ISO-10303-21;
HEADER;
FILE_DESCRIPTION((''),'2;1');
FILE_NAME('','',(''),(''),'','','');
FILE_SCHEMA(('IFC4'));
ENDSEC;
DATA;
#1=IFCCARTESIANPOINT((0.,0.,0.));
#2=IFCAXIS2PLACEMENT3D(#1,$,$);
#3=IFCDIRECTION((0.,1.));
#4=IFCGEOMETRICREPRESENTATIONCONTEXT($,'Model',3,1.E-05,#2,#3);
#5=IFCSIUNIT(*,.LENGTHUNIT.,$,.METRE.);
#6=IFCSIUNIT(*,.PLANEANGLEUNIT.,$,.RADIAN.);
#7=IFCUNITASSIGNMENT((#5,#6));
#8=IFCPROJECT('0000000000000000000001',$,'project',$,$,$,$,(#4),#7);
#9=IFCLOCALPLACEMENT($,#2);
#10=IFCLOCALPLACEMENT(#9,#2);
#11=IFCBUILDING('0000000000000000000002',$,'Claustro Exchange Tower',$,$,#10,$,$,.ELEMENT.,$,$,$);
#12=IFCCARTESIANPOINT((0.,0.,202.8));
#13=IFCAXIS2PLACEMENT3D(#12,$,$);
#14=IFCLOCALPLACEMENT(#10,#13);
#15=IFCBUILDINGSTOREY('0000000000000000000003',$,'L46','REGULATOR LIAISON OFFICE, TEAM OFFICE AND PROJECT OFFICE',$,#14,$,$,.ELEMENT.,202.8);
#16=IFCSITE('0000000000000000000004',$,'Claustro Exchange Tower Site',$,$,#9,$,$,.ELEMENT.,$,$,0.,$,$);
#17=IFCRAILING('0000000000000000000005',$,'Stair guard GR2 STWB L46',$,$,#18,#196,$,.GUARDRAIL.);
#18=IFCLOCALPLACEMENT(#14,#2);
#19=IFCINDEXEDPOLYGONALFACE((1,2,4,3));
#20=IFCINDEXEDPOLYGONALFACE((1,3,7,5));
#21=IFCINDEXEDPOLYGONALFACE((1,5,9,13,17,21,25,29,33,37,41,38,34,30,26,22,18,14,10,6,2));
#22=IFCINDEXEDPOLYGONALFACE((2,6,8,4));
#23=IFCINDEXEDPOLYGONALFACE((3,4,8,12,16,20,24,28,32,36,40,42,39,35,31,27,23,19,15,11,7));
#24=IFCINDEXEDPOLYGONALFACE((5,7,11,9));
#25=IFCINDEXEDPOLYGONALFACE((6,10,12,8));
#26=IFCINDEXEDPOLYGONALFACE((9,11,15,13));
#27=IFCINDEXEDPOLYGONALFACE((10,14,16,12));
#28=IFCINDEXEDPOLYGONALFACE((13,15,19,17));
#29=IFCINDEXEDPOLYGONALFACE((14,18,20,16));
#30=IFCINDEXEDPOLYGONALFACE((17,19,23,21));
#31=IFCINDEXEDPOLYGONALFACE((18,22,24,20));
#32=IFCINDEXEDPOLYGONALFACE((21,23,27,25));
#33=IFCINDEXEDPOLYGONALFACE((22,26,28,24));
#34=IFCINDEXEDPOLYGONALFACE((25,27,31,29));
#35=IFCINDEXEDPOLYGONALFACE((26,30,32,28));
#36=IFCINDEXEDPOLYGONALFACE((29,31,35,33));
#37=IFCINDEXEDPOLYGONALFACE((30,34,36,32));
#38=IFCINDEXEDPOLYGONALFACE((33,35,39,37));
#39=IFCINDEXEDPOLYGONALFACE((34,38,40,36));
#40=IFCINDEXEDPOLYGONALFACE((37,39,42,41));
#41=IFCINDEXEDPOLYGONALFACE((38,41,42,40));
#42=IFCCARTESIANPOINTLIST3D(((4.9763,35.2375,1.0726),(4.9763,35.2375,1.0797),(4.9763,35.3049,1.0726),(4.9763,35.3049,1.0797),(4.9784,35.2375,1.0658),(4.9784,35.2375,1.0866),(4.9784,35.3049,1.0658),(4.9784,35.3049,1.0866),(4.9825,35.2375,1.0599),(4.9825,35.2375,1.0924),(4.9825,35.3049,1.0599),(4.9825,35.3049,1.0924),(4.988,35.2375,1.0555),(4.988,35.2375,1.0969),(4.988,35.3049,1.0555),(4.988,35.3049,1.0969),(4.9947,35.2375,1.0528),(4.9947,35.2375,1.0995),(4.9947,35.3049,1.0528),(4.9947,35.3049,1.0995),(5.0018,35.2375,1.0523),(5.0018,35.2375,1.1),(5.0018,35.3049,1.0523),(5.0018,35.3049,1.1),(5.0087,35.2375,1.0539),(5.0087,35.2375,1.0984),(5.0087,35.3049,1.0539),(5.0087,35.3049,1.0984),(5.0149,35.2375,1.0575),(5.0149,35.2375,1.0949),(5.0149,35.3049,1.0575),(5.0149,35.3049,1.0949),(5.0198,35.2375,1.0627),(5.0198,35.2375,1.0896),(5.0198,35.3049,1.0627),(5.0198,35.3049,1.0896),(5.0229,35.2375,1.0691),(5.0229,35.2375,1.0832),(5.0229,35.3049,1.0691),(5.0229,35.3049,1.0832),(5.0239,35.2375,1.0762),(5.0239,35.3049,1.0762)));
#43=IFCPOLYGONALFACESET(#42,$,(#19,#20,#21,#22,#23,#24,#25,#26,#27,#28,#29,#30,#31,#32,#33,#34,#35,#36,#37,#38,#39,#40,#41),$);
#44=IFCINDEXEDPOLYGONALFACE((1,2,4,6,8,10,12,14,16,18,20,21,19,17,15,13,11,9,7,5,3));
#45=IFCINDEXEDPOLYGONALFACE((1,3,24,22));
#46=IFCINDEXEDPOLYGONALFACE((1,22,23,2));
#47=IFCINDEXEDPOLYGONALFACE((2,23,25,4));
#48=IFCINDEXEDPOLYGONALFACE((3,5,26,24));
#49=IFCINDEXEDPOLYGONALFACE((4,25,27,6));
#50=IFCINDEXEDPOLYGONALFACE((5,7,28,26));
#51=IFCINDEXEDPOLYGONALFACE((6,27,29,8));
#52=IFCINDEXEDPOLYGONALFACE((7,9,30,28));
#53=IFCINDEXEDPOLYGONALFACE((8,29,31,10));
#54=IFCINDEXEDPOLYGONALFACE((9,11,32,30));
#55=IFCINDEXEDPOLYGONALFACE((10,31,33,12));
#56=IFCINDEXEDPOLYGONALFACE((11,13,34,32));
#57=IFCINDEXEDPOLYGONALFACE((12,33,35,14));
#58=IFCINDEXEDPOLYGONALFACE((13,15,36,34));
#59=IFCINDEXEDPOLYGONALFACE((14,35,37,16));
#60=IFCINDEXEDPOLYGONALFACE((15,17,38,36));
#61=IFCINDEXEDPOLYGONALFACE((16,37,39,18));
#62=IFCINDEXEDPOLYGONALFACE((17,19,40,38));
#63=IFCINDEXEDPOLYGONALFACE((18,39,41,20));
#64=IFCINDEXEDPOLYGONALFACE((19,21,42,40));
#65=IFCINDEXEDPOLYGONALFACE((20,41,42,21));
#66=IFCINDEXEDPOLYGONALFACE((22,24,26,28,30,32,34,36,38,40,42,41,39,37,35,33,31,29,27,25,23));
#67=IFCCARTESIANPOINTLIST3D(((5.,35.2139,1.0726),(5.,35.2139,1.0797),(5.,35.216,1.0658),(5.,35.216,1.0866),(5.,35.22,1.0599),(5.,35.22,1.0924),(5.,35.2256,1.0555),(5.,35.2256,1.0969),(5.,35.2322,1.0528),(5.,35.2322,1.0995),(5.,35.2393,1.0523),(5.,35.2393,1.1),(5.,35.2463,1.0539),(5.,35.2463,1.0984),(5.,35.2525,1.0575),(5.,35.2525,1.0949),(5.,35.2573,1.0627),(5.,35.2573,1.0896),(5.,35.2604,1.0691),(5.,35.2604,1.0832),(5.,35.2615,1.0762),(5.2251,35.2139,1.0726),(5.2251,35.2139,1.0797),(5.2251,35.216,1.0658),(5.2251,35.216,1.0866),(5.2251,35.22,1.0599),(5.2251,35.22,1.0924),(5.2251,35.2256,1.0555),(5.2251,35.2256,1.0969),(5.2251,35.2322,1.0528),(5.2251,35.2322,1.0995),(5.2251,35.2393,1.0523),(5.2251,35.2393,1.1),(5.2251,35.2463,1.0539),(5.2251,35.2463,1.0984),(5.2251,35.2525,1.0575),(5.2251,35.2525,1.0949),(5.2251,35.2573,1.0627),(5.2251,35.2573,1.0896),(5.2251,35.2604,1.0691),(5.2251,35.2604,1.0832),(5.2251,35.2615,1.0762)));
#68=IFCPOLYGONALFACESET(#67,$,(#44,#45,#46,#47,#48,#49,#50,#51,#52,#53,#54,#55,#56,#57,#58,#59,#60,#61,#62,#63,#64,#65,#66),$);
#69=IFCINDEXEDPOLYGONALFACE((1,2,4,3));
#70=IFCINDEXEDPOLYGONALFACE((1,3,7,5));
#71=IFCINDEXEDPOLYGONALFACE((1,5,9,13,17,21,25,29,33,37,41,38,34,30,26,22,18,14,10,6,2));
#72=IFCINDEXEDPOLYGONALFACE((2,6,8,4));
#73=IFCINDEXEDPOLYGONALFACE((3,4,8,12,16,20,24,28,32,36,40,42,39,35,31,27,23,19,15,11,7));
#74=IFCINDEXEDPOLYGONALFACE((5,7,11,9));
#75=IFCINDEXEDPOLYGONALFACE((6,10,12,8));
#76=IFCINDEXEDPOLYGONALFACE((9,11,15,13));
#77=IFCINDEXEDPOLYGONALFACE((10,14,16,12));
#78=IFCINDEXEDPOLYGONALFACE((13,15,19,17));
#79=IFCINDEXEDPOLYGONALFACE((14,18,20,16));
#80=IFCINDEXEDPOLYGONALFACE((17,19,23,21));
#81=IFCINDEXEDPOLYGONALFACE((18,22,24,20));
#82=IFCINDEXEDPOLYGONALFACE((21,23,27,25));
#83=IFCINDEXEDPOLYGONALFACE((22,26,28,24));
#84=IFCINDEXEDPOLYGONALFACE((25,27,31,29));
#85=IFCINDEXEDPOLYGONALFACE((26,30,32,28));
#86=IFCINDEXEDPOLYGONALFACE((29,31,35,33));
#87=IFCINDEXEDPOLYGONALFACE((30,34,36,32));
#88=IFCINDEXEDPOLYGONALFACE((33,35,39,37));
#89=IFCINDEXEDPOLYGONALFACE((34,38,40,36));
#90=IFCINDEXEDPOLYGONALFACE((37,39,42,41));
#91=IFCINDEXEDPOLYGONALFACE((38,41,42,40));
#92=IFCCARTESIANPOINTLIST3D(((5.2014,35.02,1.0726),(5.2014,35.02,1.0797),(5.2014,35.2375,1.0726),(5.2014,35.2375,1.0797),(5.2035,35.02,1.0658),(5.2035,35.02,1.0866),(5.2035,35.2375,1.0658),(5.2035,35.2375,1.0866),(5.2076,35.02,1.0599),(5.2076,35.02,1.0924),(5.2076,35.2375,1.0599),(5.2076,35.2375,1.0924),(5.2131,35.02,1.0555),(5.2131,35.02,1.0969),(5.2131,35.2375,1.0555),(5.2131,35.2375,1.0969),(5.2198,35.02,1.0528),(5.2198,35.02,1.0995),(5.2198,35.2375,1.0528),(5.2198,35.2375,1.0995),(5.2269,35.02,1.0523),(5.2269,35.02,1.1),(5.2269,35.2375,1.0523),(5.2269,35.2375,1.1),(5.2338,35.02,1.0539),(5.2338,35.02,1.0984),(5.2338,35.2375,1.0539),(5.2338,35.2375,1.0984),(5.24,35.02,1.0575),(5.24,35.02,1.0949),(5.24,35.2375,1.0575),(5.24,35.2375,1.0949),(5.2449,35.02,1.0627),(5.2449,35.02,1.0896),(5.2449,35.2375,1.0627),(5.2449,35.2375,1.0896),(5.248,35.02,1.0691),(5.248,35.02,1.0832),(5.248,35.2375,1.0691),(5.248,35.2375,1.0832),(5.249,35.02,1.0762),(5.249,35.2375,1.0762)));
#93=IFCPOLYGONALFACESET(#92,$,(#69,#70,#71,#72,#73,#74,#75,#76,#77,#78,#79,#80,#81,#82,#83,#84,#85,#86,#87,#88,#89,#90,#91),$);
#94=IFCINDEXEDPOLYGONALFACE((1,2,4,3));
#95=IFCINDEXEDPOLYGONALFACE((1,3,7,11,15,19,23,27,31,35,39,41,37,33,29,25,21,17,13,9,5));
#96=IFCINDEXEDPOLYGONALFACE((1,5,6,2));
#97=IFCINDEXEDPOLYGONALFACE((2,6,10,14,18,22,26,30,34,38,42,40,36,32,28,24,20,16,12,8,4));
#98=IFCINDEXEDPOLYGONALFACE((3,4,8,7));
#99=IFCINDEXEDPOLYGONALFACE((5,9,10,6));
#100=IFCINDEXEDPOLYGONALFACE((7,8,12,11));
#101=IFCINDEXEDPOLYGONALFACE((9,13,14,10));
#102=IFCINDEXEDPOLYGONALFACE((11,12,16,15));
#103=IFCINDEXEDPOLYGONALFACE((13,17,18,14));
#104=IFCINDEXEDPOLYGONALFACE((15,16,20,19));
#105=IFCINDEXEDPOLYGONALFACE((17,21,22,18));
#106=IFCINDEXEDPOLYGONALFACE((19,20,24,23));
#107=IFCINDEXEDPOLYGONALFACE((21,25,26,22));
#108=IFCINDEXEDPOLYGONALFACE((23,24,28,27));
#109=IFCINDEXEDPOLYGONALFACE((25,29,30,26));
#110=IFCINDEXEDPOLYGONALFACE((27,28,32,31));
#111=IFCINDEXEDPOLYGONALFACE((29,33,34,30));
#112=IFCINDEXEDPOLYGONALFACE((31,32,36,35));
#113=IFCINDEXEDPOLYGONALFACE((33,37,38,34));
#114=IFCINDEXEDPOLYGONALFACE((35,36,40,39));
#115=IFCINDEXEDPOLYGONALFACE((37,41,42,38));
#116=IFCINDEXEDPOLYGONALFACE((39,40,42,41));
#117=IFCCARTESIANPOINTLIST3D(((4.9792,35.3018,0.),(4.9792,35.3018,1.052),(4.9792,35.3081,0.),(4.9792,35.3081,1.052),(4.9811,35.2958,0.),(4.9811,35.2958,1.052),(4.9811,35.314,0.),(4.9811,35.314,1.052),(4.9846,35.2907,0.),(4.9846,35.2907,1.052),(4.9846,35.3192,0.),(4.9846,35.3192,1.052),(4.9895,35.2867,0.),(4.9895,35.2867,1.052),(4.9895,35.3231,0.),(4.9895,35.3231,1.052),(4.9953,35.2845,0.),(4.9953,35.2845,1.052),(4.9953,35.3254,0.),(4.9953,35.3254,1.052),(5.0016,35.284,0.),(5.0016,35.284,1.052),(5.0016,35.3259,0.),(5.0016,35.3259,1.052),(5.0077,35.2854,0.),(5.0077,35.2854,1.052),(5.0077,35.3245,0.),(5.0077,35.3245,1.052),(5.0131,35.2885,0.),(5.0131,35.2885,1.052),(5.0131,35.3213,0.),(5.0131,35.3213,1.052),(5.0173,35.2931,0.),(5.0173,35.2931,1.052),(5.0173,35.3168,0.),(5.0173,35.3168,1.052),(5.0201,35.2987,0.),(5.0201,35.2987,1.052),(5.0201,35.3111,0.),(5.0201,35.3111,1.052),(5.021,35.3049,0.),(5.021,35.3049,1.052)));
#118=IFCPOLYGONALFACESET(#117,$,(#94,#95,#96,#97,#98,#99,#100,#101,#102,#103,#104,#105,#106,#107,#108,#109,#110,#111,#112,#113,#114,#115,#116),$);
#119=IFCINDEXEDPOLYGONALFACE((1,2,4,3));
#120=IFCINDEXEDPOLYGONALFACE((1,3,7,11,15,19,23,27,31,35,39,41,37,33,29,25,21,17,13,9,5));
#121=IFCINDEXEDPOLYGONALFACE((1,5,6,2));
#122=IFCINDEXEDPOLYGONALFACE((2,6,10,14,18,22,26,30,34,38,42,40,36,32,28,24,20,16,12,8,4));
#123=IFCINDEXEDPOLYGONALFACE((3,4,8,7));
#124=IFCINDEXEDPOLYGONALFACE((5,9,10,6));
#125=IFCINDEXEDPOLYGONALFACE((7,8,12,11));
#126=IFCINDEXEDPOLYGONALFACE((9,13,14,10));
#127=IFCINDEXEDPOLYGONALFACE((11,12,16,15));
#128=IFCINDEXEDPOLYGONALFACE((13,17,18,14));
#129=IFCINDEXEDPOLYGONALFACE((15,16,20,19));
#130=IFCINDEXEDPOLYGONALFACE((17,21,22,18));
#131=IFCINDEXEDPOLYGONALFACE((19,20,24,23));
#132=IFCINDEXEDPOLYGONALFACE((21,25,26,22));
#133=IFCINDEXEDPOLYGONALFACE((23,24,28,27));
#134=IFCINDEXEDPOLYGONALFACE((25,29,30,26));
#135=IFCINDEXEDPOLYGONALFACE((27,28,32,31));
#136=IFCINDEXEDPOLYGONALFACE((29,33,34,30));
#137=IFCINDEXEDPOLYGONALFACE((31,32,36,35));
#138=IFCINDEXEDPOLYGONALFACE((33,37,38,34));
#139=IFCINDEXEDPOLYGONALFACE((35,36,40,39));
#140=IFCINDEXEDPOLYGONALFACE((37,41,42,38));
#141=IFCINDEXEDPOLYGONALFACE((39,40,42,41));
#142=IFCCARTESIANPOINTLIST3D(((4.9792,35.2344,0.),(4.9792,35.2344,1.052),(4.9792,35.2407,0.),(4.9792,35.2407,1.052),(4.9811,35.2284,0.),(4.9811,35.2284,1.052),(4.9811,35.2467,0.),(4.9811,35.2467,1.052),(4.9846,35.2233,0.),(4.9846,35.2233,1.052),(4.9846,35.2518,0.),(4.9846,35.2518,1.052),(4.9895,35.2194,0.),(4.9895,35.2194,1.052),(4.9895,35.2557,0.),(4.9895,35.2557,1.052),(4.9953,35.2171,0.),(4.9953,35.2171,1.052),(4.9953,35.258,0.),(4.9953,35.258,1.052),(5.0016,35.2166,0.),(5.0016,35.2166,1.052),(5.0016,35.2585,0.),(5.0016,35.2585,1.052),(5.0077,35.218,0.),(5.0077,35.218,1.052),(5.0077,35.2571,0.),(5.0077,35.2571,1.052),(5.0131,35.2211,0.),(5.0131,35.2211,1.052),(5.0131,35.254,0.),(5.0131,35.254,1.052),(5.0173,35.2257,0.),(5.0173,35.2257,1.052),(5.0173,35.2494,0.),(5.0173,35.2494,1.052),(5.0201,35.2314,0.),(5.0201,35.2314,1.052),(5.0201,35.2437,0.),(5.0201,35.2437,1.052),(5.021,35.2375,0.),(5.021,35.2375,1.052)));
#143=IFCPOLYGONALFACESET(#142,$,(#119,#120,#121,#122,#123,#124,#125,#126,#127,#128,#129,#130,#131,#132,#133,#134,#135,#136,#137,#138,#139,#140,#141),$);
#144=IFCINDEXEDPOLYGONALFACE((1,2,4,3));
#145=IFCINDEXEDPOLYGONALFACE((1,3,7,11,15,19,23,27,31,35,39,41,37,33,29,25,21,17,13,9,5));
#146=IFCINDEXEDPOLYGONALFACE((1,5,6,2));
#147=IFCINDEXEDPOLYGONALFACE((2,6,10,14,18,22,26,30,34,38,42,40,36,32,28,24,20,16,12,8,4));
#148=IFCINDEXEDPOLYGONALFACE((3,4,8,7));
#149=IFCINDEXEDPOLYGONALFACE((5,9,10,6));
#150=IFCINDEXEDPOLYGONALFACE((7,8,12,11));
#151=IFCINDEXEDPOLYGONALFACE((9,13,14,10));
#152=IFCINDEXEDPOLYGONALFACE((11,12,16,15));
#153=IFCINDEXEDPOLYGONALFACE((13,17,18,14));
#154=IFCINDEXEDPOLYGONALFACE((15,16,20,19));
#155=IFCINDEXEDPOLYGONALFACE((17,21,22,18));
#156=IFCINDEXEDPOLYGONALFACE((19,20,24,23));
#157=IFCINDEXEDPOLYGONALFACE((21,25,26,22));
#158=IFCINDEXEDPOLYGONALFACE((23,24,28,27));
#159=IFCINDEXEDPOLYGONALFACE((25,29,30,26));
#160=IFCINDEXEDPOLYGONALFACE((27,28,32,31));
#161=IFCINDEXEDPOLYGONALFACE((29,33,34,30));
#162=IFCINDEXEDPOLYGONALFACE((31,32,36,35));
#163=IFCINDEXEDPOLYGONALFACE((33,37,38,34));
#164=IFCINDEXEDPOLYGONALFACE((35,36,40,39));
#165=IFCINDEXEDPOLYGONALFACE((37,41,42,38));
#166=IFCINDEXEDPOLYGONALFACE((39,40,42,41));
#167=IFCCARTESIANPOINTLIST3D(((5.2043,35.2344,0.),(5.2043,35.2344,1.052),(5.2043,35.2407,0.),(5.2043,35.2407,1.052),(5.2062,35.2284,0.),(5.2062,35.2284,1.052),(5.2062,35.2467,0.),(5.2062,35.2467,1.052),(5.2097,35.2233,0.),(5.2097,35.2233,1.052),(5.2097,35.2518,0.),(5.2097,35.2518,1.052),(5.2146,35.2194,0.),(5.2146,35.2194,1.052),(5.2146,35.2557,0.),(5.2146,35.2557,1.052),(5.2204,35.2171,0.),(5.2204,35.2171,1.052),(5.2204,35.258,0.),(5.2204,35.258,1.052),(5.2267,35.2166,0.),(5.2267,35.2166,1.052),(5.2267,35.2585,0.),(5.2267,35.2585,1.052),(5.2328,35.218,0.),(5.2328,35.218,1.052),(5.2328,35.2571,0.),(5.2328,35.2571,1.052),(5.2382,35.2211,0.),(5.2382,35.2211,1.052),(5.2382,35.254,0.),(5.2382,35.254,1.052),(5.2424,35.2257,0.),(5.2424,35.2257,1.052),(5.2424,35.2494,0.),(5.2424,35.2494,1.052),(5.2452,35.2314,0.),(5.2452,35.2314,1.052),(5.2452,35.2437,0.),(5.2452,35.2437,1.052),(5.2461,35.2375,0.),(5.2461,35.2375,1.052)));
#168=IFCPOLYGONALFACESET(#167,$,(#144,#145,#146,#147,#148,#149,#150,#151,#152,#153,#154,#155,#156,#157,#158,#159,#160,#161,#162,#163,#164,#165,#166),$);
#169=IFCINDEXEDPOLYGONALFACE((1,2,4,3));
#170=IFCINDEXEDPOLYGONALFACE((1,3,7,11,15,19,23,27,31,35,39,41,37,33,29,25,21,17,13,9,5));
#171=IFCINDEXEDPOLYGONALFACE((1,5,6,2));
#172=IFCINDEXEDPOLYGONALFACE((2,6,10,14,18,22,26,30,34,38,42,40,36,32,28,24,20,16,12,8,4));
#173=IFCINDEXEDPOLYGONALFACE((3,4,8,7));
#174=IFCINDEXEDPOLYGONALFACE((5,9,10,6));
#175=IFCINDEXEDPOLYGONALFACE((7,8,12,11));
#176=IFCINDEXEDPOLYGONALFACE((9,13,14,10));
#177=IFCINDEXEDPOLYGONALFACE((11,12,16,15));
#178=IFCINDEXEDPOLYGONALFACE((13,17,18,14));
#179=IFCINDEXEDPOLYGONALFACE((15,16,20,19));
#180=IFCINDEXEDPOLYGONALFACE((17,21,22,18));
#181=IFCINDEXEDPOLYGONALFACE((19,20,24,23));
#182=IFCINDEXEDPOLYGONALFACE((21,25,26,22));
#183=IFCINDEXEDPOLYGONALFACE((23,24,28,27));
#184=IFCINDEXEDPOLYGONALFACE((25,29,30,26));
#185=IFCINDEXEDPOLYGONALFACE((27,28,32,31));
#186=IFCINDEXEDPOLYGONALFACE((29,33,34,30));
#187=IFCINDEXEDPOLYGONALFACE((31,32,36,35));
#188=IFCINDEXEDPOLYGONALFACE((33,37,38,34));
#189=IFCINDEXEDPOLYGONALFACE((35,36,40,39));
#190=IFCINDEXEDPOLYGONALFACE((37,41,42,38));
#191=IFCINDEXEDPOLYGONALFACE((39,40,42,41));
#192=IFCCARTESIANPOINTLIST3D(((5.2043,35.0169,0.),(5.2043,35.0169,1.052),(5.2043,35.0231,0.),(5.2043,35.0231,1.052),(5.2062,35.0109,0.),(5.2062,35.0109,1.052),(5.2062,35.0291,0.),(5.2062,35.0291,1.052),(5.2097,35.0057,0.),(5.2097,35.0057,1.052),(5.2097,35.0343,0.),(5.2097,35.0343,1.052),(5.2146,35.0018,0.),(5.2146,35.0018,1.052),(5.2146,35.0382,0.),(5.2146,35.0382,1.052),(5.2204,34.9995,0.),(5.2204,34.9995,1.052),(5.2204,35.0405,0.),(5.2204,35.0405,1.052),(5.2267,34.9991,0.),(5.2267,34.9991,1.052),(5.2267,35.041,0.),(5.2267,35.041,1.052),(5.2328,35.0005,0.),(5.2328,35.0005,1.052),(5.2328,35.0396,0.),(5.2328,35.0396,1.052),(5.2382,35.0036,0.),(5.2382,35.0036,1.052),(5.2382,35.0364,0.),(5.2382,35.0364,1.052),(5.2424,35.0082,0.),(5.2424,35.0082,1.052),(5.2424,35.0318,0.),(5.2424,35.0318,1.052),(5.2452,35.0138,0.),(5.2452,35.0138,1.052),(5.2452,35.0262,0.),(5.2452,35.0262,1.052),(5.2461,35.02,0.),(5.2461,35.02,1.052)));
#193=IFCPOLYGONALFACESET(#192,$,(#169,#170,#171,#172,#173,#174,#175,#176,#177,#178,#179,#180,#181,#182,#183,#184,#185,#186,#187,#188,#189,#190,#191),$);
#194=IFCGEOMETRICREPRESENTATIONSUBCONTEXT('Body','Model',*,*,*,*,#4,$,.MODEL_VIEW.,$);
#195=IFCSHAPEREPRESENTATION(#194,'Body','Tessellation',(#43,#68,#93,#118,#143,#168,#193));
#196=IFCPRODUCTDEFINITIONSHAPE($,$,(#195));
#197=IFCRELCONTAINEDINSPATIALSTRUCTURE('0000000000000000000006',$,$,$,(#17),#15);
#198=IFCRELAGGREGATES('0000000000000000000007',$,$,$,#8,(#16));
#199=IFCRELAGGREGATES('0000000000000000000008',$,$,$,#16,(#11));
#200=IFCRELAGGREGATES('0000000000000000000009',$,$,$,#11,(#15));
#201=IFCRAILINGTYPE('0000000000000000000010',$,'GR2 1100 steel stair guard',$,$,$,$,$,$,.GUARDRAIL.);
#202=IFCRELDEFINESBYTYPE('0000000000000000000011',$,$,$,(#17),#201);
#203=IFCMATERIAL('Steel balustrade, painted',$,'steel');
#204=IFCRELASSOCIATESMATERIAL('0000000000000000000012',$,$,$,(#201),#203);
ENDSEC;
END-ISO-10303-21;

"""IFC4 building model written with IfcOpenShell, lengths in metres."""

from ifc_helpers import new_model, si_unit, direction, frame, origin, origin_2d, place, context, subcontext, project, spatial, circle, extrude, material, type_object, element, save


model = new_model("IFC4")

# Units and contexts
model_context = context("Model", 3, precision=1e-05, world=origin(), true_north=direction((0.0, 1.0)))
body_context = subcontext(model_context, "Body", "Model", "MODEL_VIEW")
ifc_project = project(units=[si_unit("LENGTHUNIT", "METRE"), si_unit("PLANEANGLEUNIT", "RADIAN")], contexts=[model_context])

# Site, building, storey
site_placement = place(None, origin())
site = spatial("IfcSite", under=ifc_project, at=site_placement, Name="Claustro Exchange Tower Site", CompositionType="ELEMENT", RefElevation=0.0)
building_placement = place(site_placement, origin())
building = spatial("IfcBuilding", under=site, at=building_placement, Name="Claustro Exchange Tower", CompositionType="ELEMENT")
storey_placement = place(building_placement, frame((0.0, 0.0, 202.8)))
storey = spatial("IfcBuildingStorey", under=building, at=storey_placement, Name="L46", Description="REGULATOR LIAISON OFFICE, TEAM OFFICE AND PROJECT OFFICE", CompositionType="ELEMENT", Elevation=202.8)

# Railing
ifc_material_1 = material(Name="Steel balustrade, painted", Category="steel")
railing_type_1 = type_object("IfcRailingType", Name="GR2 1100 steel stair guard", PredefinedType="GUARDRAIL", material=ifc_material_1)
railing_1_placement = place(storey_placement, frame((5.0, 35.3049, 0.0)))
element("IfcRailing", 1, at=railing_1_placement, inside=storey, type_object=railing_type_1, Name="Stair guard GR2 STWB L46", PredefinedType="GUARDRAIL", context=body_context, shape_type="SweptSolid", body=[
    extrude(circle(Radius=0.0239, at=origin_2d()), frame((0.0, 0.0, 1.0762), z_axis=(0.0, -1.0, 0.0), x_axis=(1.0, 0.0, 0.0)), (0.0, 0.0, 1.0), 0.0674),
    extrude(circle(Radius=0.0239, at=origin_2d()), frame((0.0, -0.0674, 1.0762), z_axis=(1.0, 0.0, 0.0), x_axis=(0.0, 1.0, 0.0)), (0.0, 0.0, 1.0), 0.2251),
    extrude(circle(Radius=0.0239, at=origin_2d()), frame((0.2251, -0.0674, 1.0762), z_axis=(0.0, -1.0, 0.0), x_axis=(1.0, 0.0, 0.0)), (0.0, 0.0, 1.0), 0.2175),
    extrude(circle(Radius=0.021, at=origin_2d()), origin(), (0.0, 0.0, 1.0), 1.052),
    extrude(circle(Radius=0.021, at=origin_2d()), frame((0.0, -0.0674, 0.0)), (0.0, 0.0, 1.0), 1.052),
    extrude(circle(Radius=0.021, at=origin_2d()), frame((0.2251, -0.0674, 0.0)), (0.0, 0.0, 1.0), 1.052),
    extrude(circle(Radius=0.021, at=origin_2d()), frame((0.2251, -0.2849, 0.0)), (0.0, 0.0, 1.0), 1.052),
])

save(model, "model.ifc")
